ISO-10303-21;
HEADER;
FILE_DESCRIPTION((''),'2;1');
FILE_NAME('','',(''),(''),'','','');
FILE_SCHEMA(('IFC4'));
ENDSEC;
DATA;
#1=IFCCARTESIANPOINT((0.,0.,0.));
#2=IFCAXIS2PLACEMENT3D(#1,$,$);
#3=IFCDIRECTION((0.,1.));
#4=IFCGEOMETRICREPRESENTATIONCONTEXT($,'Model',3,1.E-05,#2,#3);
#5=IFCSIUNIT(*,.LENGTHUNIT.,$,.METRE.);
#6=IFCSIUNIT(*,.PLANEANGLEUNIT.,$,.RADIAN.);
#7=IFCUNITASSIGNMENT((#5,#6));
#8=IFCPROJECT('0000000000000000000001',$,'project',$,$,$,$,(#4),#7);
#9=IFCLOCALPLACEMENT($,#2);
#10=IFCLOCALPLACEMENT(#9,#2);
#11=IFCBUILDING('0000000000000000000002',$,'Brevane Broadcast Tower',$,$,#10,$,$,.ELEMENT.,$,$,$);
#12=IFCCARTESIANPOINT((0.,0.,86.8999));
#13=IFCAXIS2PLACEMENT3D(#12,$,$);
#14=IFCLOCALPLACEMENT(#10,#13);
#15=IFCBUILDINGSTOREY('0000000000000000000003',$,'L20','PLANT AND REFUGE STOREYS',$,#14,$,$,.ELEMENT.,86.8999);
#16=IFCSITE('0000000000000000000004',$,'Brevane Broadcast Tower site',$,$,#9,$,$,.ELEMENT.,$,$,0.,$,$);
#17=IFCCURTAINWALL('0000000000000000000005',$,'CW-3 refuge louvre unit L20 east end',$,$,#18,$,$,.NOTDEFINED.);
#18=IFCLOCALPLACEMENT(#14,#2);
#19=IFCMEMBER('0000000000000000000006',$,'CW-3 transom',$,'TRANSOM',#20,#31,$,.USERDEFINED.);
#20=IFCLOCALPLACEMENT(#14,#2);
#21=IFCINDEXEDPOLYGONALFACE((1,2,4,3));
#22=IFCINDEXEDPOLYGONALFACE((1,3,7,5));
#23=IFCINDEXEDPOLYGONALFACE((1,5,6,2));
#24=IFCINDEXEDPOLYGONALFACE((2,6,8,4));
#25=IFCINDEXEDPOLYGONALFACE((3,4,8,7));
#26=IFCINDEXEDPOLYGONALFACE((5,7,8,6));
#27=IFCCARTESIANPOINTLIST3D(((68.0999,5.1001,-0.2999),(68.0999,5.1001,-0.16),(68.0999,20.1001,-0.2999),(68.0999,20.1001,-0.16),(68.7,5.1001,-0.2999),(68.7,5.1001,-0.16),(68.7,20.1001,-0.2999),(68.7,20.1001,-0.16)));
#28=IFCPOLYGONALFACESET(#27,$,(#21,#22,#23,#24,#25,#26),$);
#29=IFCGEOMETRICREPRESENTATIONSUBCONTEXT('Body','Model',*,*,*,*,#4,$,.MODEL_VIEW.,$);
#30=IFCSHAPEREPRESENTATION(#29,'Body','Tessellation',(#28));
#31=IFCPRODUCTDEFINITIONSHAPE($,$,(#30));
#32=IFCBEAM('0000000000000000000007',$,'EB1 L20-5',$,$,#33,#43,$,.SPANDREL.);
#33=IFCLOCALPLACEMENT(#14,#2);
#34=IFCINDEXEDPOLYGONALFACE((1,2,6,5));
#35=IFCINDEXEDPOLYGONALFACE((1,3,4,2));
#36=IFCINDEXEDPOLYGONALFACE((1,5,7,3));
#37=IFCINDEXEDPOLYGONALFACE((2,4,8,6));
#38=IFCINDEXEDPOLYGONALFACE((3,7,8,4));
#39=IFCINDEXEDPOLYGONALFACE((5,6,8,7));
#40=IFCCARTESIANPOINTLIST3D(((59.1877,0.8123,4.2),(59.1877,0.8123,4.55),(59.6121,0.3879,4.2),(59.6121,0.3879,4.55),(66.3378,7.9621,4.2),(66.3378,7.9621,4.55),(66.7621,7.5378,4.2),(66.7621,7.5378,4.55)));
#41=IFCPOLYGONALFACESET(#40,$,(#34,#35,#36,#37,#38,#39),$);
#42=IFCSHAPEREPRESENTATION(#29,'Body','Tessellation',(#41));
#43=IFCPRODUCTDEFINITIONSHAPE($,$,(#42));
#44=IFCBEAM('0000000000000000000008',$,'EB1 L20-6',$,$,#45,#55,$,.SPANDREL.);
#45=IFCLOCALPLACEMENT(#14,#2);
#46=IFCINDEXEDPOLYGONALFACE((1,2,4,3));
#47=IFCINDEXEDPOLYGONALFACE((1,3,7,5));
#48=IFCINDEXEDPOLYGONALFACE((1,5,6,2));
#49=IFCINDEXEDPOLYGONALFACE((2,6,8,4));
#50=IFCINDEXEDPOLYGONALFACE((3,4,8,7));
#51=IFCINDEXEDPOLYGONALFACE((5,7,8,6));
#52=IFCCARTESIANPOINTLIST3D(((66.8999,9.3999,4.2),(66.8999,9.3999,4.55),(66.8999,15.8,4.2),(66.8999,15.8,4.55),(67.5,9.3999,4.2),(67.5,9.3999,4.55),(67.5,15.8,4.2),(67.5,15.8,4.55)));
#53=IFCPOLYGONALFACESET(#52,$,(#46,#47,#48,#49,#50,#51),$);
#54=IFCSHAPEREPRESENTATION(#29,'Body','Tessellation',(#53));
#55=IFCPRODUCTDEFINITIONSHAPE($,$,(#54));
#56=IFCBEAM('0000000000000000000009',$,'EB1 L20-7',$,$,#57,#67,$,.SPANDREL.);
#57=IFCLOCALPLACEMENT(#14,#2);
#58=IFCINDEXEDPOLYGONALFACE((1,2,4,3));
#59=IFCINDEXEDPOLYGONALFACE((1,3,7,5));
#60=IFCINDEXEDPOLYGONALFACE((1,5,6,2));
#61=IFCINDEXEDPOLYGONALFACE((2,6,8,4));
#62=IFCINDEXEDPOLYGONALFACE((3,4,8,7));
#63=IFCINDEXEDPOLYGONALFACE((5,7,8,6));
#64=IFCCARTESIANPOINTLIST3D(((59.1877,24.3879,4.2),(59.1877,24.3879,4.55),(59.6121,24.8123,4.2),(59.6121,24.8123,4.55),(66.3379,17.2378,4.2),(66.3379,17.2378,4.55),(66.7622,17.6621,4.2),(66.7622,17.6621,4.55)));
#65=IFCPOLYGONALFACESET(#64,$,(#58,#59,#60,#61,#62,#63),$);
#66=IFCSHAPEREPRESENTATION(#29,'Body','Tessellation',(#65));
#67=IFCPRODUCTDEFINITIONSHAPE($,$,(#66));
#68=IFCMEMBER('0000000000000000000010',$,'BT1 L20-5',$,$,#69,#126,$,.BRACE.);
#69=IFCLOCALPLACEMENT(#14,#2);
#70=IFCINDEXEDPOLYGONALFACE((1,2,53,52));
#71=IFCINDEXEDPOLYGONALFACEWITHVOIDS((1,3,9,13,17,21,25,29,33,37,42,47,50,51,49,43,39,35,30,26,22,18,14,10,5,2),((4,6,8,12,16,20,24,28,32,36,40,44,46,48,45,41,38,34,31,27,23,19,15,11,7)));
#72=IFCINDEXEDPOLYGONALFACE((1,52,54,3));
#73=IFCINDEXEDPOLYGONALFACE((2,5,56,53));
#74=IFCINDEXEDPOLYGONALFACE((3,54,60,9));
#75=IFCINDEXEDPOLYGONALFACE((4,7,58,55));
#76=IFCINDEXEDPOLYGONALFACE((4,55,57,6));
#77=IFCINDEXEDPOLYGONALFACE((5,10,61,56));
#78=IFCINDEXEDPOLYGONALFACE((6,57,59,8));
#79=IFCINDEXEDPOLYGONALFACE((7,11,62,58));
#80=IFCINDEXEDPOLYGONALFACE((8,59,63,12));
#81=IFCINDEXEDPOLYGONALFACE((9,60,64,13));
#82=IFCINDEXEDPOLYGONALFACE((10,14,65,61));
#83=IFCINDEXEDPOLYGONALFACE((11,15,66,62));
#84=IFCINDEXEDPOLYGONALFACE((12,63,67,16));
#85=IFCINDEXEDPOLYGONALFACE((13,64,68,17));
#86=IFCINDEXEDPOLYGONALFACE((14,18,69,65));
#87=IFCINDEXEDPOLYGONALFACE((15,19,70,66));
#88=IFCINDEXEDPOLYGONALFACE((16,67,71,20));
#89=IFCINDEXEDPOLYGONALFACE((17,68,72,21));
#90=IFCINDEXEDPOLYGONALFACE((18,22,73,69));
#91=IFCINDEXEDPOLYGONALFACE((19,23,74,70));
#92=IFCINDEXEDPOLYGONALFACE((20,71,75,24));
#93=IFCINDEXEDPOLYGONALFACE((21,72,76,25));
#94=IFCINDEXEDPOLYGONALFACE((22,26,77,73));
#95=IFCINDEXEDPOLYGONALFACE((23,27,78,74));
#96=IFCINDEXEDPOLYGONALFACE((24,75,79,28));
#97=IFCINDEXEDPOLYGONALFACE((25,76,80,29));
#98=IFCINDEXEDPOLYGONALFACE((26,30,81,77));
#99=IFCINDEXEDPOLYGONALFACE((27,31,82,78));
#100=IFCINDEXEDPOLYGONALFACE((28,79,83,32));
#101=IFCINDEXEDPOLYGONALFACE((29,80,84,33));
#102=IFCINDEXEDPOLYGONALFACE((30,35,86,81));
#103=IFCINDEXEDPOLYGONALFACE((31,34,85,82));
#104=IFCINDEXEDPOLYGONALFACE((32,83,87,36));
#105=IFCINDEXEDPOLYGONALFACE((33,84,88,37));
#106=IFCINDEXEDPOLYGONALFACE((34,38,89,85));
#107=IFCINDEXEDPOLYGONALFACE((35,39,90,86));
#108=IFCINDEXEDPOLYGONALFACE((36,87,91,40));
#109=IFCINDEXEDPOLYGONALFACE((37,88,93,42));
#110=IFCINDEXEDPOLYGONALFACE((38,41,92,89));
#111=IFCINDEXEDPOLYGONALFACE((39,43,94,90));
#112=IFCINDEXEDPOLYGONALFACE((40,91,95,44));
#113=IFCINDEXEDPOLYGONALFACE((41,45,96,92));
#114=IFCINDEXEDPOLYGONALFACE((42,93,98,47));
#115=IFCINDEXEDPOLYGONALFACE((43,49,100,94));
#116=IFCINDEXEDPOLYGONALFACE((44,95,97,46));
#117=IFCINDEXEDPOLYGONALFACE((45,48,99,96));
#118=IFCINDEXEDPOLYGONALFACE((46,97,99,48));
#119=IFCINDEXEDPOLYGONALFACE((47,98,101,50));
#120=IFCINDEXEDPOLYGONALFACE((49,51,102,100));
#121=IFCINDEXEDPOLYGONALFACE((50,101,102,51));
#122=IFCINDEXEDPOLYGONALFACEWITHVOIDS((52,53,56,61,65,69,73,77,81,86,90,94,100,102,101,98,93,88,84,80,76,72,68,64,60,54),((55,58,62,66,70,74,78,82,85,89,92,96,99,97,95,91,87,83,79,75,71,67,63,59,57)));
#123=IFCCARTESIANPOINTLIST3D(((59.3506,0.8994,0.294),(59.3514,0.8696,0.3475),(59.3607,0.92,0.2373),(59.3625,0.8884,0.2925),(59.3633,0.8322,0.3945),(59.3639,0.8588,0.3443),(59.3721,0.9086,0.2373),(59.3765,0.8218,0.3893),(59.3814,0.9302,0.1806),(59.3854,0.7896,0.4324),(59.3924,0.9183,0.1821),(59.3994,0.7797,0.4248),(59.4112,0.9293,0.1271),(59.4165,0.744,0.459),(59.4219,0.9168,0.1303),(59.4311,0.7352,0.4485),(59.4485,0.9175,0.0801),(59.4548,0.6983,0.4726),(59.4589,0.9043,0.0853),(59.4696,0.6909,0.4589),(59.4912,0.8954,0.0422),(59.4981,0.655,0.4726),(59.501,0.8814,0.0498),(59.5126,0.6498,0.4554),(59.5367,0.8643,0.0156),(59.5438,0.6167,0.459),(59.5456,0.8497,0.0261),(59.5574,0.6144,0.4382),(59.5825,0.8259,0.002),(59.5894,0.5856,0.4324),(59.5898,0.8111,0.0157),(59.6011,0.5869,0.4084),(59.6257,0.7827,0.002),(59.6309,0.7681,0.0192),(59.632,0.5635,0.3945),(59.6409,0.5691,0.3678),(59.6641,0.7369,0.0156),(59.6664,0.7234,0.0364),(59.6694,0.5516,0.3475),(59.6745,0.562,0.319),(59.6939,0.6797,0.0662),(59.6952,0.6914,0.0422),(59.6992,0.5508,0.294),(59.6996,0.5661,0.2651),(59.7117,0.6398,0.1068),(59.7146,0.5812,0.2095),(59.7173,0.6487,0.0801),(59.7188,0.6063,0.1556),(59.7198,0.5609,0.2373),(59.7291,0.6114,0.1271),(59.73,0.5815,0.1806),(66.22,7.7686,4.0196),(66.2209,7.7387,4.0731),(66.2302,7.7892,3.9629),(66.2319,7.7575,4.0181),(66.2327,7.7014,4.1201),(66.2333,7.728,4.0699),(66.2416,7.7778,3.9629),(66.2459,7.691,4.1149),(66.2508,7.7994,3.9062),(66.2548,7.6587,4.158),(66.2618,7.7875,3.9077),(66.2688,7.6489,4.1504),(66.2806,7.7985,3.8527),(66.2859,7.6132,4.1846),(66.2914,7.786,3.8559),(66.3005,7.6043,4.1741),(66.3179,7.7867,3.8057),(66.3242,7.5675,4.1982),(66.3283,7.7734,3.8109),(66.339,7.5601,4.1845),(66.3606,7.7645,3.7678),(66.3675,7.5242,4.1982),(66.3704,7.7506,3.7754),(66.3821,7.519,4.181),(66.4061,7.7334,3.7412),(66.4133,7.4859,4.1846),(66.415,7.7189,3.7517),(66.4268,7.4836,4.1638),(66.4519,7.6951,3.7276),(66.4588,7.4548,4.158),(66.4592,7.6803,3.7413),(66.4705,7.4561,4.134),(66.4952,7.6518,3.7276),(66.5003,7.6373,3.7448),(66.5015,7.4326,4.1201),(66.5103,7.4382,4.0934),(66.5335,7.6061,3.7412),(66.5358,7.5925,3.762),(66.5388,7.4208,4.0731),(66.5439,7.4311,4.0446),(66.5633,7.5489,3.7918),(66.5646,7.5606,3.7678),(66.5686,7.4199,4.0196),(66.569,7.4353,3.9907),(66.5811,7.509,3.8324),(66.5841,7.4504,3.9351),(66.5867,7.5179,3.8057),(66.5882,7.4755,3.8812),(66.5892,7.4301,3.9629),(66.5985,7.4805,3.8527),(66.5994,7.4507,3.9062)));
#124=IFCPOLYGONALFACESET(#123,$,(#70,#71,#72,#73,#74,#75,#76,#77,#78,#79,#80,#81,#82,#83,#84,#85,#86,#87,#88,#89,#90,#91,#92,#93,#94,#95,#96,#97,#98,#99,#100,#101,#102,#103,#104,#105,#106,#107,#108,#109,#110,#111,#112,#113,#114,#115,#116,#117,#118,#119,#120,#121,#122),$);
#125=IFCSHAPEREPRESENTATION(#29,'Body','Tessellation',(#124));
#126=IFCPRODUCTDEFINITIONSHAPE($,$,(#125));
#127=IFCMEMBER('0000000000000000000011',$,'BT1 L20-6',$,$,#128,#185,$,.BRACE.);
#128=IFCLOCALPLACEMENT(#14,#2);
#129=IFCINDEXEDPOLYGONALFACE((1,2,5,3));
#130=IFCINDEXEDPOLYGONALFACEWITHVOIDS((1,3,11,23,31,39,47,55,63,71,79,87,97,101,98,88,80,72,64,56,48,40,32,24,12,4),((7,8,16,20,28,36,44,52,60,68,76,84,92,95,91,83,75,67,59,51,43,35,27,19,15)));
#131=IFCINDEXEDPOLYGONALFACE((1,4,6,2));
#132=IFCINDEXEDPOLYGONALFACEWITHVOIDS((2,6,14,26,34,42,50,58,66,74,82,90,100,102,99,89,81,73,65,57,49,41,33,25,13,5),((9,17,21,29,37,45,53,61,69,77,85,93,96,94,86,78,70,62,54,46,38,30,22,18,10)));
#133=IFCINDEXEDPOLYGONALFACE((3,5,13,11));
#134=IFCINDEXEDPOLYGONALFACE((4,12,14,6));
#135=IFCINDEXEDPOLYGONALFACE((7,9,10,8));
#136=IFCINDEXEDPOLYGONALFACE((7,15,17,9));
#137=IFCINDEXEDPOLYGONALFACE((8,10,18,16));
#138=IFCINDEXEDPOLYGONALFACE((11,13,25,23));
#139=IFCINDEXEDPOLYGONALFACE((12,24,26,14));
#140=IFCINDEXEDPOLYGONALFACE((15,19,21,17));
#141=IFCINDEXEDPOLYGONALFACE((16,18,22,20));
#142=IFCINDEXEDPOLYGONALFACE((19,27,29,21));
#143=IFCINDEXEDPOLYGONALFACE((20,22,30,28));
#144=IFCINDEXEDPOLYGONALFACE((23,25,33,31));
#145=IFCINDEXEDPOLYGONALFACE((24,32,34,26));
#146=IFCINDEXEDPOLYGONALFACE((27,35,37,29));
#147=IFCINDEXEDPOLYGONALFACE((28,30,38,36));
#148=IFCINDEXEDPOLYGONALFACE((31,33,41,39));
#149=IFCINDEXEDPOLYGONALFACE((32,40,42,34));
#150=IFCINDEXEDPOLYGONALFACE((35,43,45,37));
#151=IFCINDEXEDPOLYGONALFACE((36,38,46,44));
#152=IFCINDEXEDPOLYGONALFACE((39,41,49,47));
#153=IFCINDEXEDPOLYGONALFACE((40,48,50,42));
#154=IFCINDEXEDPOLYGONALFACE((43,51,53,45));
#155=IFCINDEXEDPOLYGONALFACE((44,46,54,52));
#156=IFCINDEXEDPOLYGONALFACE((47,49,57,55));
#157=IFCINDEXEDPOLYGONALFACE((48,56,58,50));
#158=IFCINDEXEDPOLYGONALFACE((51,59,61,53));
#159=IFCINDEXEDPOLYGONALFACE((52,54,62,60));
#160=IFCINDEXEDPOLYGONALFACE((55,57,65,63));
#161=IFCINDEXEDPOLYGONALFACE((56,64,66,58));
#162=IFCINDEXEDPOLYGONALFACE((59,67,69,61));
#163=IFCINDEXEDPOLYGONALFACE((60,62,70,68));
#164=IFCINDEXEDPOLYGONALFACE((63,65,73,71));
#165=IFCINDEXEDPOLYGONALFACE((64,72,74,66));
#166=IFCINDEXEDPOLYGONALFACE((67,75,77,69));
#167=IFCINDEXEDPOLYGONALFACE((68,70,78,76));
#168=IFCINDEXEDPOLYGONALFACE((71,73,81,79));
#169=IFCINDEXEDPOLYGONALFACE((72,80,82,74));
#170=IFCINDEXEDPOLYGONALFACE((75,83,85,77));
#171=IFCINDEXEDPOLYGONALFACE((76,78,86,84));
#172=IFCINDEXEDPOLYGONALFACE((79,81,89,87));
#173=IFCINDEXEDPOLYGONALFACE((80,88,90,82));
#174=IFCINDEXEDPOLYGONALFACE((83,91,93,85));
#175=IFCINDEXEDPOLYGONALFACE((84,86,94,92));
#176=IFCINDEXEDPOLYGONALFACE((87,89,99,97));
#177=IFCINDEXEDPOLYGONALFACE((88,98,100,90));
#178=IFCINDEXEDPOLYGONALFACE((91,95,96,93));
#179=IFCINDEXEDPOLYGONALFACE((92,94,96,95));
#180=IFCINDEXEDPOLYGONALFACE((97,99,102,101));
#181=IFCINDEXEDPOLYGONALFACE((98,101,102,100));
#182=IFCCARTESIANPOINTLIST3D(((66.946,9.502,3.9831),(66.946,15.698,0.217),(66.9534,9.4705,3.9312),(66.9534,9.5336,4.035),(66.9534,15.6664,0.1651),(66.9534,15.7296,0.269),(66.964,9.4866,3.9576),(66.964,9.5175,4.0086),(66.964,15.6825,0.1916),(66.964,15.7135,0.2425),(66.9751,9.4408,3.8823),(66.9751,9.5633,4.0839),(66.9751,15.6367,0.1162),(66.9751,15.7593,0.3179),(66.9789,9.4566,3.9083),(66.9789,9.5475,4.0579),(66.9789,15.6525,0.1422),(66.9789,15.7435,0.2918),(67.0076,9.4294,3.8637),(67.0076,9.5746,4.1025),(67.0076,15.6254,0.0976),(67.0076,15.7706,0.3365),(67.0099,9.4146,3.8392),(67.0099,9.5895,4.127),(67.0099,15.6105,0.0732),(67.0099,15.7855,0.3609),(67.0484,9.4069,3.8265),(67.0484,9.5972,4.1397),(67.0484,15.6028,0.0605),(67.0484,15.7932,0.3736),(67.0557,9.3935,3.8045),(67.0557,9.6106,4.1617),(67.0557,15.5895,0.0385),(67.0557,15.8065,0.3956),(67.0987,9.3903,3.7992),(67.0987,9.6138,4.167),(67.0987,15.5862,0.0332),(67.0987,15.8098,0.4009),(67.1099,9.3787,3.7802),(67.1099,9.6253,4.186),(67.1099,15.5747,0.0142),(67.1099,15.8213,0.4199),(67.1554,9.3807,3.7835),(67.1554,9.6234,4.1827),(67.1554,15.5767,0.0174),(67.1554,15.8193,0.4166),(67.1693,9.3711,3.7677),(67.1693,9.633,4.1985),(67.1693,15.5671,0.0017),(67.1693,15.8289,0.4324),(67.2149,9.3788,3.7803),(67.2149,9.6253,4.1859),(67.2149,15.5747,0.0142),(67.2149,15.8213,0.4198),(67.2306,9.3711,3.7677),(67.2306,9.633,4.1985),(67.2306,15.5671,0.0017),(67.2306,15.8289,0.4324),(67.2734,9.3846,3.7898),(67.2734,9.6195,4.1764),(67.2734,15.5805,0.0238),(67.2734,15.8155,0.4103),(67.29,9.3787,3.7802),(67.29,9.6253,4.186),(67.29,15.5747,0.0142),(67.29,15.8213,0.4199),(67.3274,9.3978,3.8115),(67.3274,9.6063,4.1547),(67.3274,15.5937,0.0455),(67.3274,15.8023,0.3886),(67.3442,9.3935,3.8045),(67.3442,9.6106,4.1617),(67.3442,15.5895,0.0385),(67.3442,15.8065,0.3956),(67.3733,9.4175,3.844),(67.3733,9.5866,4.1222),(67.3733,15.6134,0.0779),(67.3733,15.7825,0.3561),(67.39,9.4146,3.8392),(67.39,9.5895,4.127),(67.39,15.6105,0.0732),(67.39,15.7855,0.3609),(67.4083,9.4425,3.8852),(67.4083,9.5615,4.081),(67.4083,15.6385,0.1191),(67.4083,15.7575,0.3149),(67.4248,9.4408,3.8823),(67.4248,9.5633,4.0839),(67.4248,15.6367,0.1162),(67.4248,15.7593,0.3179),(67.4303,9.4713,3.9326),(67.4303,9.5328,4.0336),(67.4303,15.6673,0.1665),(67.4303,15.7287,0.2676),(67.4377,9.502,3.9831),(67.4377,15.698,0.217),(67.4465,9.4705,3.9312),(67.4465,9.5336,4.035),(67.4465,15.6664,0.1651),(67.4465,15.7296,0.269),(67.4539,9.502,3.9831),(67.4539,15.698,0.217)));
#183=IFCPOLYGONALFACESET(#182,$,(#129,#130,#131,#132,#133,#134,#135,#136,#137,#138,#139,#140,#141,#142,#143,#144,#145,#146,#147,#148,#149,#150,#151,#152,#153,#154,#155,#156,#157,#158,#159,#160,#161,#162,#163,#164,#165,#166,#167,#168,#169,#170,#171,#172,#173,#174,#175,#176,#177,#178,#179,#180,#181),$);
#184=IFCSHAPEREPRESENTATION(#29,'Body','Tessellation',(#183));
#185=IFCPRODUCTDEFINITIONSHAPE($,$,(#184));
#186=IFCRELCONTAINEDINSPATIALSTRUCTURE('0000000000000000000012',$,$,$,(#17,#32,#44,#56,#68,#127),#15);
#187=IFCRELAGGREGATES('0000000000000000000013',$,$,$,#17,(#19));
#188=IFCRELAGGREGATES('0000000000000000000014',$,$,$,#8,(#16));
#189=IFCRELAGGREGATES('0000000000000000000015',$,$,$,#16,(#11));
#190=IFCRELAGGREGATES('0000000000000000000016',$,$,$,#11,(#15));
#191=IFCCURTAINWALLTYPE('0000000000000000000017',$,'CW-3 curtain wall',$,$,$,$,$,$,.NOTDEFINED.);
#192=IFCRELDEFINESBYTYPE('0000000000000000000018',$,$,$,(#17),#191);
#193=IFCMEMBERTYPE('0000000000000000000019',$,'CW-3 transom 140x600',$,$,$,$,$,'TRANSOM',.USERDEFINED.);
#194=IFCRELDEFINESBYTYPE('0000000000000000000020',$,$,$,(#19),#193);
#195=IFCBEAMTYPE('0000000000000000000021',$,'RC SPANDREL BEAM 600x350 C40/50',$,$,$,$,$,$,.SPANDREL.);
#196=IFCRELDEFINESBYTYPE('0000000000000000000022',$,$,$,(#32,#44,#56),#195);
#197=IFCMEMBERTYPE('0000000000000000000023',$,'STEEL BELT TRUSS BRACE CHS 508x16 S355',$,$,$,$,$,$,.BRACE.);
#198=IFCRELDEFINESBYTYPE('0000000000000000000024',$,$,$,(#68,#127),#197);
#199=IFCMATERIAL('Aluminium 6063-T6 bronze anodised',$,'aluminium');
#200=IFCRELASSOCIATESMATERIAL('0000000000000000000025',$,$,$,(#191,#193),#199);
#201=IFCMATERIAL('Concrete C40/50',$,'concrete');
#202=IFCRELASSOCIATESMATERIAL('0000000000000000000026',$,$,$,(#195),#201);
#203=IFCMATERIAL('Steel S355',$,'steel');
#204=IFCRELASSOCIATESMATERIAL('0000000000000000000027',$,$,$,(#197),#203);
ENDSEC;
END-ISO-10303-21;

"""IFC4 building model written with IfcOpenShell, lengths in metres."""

from ifc_helpers import new_model, si_unit, direction, frame, origin, origin_2d, place, context, subcontext, project, spatial, rectangle, hollow_circle, extrude, material, material_profile, profile_set, type_object, element, aggregate, save


model = new_model("IFC4")

# Units and contexts
model_context = context("Model", 3, precision=1e-05, world=origin(), true_north=direction((0.0, 1.0)))
body_context = subcontext(model_context, "Body", "Model", "MODEL_VIEW")
ifc_project = project(units=[si_unit("LENGTHUNIT", "METRE"), si_unit("PLANEANGLEUNIT", "RADIAN")], contexts=[model_context])

# Site, building, storey
site_placement = place(None, origin())
site = spatial("IfcSite", under=ifc_project, at=site_placement, Name="Brevane Broadcast Tower site", CompositionType="ELEMENT", RefElevation=0.0)
building_placement = place(site_placement, origin())
building = spatial("IfcBuilding", under=site, at=building_placement, Name="Brevane Broadcast Tower", CompositionType="ELEMENT")
storey_placement = place(building_placement, frame((0.0, 0.0, 86.8999)))
storey = spatial("IfcBuildingStorey", under=building, at=storey_placement, Name="L20", Description="PLANT AND REFUGE STOREYS", CompositionType="ELEMENT", Elevation=86.8999)

# Shared definitions
ifc_material_1 = material(Name="Aluminium 6063-T6 bronze anodised", Category="aluminium")
curtain_wall_type = type_object("IfcCurtainWallType", Name="CW-3 curtain wall", PredefinedType="NOTDEFINED", material=ifc_material_1)

# Curtain wall
curtain_wall_1_placement = place(storey_placement, origin())
curtain_wall_1 = element("IfcCurtainWall", 1, at=curtain_wall_1_placement, inside=storey, type_object=curtain_wall_type, Name="CW-3 refuge louvre unit L20 east end", PredefinedType="NOTDEFINED")

# Member
ifc_material_profile_1 = material_profile(ifc_material_1, rectangle(XDim=0.6001, YDim=0.1399, at=origin_2d()), Name="RECT 140x600")
ifc_profile_set_1 = profile_set([ifc_material_profile_1], Name="Aluminium 6063-T6 bronze anodised")
member_type_1 = type_object("IfcMemberType", Name="CW-3 transom 140x600", ElementType="TRANSOM", PredefinedType="USERDEFINED", material=ifc_profile_set_1)
member_1_placement = place(storey_placement, frame((68.3999, 5.1001, -0.23), z_axis=(0.0, 1.0, 0.0), x_axis=(-1.0, 0.0, 0.0)))
member_1 = element("IfcMember", 2, at=member_1_placement, type_object=member_type_1, Name="CW-3 transom", ObjectType="TRANSOM", PredefinedType="USERDEFINED", context=body_context, shape_type="SweptSolid", body=[
    extrude(rectangle(XDim=0.6001, YDim=0.1399, at=origin_2d()), origin(), (0.0, 0.0, 1.0), 15.0),
])
aggregate(curtain_wall_1, [member_1])

# Beams
ifc_material_2 = material(Name="Concrete C40/50", Category="concrete")
ifc_material_profile_2 = material_profile(ifc_material_2, rectangle(XDim=0.6001, YDim=0.3501, at=origin_2d()), Name="RC 600x350")
ifc_profile_set_2 = profile_set([ifc_material_profile_2], Name="Concrete C40/50")
beam_type = type_object("IfcBeamType", Name="RC SPANDREL BEAM 600x350 C40/50", PredefinedType="SPANDREL", material=ifc_profile_set_2)
beam_1_placement = place(storey_placement, frame((59.3999, 0.6001, 4.375), z_axis=(0.707119, 0.707095, 0.0), x_axis=(-0.707095, 0.707119, 0.0)))
element("IfcBeam", 3, at=beam_1_placement, inside=storey, type_object=beam_type, Name="EB1 L20-5", PredefinedType="SPANDREL", context=body_context, shape_type="SweptSolid", body=[
    extrude(rectangle(XDim=0.6001, YDim=0.3501, at=origin_2d()), origin(), (0.0, 0.0, 1.0), 10.1116),
])
beam_2_placement = place(storey_placement, frame((67.2, 9.3999, 4.375), z_axis=(0.0, 1.0, 0.0), x_axis=(-1.0, 0.0, 0.0)))
element("IfcBeam", 4, at=beam_2_placement, inside=storey, type_object=beam_type, Name="EB1 L20-6", PredefinedType="SPANDREL", context=body_context, shape_type="SweptSolid", body=[
    extrude(rectangle(XDim=0.6001, YDim=0.3501, at=origin_2d()), origin(), (0.0, 0.0, 1.0), 6.4001),
])
beam_3_placement = place(storey_placement, frame((66.55, 17.45, 4.375), z_axis=(-0.707107, 0.707107, 0.0), x_axis=(-0.707107, -0.707107, 0.0)))
element("IfcBeam", 5, at=beam_3_placement, inside=storey, type_object=beam_type, Name="EB1 L20-7", PredefinedType="SPANDREL", context=body_context, shape_type="SweptSolid", body=[
    extrude(rectangle(XDim=0.6001, YDim=0.3501, at=origin_2d()), origin(), (0.0, 0.0, 1.0), 10.1118),
])

# Members
ifc_material_3 = material(Name="Steel S355", Category="steel")
ifc_material_profile_3 = material_profile(ifc_material_3, hollow_circle(Radius=0.2539, WallThickness=0.0161, at=origin_2d()), Name="CHS 508x16")
ifc_profile_set_3 = profile_set([ifc_material_profile_3], Name="Steel S355")
member_type_2 = type_object("IfcMemberType", Name="STEEL BELT TRUSS BRACE CHS 508x16 S355", PredefinedType="BRACE", material=ifc_profile_set_3)
member_2_placement = place(storey_placement, frame((59.5403, 0.7405, 0.2373), z_axis=(0.660232, 0.660209, 0.358075), x_axis=(-0.707094, 0.707119, 0.0)))
element("IfcMember", 6, at=member_2_placement, inside=storey, type_object=member_type_2, Name="BT1 L20-5", PredefinedType="BRACE", context=body_context, shape_type="SweptSolid", body=[
    extrude(hollow_circle(Radius=0.2539, WallThickness=0.0161, at=origin_2d()), origin(), (0.0, 0.0, 1.0), 10.4045),
])
member_3_placement = place(storey_placement, frame((67.2, 15.698, 0.217), z_axis=(0.0, -0.854529, 0.519404), x_axis=(1.0, 0.0, 0.0)))
element("IfcMember", 7, at=member_3_placement, inside=storey, type_object=member_type_2, Name="BT1 L20-6", PredefinedType="BRACE", context=body_context, shape_type="SweptSolid", body=[
    extrude(hollow_circle(Radius=0.2539, WallThickness=0.0161, at=origin_2d()), origin(), (0.0, 0.0, 1.0), 7.2507),
])

save(model, "model.ifc")
